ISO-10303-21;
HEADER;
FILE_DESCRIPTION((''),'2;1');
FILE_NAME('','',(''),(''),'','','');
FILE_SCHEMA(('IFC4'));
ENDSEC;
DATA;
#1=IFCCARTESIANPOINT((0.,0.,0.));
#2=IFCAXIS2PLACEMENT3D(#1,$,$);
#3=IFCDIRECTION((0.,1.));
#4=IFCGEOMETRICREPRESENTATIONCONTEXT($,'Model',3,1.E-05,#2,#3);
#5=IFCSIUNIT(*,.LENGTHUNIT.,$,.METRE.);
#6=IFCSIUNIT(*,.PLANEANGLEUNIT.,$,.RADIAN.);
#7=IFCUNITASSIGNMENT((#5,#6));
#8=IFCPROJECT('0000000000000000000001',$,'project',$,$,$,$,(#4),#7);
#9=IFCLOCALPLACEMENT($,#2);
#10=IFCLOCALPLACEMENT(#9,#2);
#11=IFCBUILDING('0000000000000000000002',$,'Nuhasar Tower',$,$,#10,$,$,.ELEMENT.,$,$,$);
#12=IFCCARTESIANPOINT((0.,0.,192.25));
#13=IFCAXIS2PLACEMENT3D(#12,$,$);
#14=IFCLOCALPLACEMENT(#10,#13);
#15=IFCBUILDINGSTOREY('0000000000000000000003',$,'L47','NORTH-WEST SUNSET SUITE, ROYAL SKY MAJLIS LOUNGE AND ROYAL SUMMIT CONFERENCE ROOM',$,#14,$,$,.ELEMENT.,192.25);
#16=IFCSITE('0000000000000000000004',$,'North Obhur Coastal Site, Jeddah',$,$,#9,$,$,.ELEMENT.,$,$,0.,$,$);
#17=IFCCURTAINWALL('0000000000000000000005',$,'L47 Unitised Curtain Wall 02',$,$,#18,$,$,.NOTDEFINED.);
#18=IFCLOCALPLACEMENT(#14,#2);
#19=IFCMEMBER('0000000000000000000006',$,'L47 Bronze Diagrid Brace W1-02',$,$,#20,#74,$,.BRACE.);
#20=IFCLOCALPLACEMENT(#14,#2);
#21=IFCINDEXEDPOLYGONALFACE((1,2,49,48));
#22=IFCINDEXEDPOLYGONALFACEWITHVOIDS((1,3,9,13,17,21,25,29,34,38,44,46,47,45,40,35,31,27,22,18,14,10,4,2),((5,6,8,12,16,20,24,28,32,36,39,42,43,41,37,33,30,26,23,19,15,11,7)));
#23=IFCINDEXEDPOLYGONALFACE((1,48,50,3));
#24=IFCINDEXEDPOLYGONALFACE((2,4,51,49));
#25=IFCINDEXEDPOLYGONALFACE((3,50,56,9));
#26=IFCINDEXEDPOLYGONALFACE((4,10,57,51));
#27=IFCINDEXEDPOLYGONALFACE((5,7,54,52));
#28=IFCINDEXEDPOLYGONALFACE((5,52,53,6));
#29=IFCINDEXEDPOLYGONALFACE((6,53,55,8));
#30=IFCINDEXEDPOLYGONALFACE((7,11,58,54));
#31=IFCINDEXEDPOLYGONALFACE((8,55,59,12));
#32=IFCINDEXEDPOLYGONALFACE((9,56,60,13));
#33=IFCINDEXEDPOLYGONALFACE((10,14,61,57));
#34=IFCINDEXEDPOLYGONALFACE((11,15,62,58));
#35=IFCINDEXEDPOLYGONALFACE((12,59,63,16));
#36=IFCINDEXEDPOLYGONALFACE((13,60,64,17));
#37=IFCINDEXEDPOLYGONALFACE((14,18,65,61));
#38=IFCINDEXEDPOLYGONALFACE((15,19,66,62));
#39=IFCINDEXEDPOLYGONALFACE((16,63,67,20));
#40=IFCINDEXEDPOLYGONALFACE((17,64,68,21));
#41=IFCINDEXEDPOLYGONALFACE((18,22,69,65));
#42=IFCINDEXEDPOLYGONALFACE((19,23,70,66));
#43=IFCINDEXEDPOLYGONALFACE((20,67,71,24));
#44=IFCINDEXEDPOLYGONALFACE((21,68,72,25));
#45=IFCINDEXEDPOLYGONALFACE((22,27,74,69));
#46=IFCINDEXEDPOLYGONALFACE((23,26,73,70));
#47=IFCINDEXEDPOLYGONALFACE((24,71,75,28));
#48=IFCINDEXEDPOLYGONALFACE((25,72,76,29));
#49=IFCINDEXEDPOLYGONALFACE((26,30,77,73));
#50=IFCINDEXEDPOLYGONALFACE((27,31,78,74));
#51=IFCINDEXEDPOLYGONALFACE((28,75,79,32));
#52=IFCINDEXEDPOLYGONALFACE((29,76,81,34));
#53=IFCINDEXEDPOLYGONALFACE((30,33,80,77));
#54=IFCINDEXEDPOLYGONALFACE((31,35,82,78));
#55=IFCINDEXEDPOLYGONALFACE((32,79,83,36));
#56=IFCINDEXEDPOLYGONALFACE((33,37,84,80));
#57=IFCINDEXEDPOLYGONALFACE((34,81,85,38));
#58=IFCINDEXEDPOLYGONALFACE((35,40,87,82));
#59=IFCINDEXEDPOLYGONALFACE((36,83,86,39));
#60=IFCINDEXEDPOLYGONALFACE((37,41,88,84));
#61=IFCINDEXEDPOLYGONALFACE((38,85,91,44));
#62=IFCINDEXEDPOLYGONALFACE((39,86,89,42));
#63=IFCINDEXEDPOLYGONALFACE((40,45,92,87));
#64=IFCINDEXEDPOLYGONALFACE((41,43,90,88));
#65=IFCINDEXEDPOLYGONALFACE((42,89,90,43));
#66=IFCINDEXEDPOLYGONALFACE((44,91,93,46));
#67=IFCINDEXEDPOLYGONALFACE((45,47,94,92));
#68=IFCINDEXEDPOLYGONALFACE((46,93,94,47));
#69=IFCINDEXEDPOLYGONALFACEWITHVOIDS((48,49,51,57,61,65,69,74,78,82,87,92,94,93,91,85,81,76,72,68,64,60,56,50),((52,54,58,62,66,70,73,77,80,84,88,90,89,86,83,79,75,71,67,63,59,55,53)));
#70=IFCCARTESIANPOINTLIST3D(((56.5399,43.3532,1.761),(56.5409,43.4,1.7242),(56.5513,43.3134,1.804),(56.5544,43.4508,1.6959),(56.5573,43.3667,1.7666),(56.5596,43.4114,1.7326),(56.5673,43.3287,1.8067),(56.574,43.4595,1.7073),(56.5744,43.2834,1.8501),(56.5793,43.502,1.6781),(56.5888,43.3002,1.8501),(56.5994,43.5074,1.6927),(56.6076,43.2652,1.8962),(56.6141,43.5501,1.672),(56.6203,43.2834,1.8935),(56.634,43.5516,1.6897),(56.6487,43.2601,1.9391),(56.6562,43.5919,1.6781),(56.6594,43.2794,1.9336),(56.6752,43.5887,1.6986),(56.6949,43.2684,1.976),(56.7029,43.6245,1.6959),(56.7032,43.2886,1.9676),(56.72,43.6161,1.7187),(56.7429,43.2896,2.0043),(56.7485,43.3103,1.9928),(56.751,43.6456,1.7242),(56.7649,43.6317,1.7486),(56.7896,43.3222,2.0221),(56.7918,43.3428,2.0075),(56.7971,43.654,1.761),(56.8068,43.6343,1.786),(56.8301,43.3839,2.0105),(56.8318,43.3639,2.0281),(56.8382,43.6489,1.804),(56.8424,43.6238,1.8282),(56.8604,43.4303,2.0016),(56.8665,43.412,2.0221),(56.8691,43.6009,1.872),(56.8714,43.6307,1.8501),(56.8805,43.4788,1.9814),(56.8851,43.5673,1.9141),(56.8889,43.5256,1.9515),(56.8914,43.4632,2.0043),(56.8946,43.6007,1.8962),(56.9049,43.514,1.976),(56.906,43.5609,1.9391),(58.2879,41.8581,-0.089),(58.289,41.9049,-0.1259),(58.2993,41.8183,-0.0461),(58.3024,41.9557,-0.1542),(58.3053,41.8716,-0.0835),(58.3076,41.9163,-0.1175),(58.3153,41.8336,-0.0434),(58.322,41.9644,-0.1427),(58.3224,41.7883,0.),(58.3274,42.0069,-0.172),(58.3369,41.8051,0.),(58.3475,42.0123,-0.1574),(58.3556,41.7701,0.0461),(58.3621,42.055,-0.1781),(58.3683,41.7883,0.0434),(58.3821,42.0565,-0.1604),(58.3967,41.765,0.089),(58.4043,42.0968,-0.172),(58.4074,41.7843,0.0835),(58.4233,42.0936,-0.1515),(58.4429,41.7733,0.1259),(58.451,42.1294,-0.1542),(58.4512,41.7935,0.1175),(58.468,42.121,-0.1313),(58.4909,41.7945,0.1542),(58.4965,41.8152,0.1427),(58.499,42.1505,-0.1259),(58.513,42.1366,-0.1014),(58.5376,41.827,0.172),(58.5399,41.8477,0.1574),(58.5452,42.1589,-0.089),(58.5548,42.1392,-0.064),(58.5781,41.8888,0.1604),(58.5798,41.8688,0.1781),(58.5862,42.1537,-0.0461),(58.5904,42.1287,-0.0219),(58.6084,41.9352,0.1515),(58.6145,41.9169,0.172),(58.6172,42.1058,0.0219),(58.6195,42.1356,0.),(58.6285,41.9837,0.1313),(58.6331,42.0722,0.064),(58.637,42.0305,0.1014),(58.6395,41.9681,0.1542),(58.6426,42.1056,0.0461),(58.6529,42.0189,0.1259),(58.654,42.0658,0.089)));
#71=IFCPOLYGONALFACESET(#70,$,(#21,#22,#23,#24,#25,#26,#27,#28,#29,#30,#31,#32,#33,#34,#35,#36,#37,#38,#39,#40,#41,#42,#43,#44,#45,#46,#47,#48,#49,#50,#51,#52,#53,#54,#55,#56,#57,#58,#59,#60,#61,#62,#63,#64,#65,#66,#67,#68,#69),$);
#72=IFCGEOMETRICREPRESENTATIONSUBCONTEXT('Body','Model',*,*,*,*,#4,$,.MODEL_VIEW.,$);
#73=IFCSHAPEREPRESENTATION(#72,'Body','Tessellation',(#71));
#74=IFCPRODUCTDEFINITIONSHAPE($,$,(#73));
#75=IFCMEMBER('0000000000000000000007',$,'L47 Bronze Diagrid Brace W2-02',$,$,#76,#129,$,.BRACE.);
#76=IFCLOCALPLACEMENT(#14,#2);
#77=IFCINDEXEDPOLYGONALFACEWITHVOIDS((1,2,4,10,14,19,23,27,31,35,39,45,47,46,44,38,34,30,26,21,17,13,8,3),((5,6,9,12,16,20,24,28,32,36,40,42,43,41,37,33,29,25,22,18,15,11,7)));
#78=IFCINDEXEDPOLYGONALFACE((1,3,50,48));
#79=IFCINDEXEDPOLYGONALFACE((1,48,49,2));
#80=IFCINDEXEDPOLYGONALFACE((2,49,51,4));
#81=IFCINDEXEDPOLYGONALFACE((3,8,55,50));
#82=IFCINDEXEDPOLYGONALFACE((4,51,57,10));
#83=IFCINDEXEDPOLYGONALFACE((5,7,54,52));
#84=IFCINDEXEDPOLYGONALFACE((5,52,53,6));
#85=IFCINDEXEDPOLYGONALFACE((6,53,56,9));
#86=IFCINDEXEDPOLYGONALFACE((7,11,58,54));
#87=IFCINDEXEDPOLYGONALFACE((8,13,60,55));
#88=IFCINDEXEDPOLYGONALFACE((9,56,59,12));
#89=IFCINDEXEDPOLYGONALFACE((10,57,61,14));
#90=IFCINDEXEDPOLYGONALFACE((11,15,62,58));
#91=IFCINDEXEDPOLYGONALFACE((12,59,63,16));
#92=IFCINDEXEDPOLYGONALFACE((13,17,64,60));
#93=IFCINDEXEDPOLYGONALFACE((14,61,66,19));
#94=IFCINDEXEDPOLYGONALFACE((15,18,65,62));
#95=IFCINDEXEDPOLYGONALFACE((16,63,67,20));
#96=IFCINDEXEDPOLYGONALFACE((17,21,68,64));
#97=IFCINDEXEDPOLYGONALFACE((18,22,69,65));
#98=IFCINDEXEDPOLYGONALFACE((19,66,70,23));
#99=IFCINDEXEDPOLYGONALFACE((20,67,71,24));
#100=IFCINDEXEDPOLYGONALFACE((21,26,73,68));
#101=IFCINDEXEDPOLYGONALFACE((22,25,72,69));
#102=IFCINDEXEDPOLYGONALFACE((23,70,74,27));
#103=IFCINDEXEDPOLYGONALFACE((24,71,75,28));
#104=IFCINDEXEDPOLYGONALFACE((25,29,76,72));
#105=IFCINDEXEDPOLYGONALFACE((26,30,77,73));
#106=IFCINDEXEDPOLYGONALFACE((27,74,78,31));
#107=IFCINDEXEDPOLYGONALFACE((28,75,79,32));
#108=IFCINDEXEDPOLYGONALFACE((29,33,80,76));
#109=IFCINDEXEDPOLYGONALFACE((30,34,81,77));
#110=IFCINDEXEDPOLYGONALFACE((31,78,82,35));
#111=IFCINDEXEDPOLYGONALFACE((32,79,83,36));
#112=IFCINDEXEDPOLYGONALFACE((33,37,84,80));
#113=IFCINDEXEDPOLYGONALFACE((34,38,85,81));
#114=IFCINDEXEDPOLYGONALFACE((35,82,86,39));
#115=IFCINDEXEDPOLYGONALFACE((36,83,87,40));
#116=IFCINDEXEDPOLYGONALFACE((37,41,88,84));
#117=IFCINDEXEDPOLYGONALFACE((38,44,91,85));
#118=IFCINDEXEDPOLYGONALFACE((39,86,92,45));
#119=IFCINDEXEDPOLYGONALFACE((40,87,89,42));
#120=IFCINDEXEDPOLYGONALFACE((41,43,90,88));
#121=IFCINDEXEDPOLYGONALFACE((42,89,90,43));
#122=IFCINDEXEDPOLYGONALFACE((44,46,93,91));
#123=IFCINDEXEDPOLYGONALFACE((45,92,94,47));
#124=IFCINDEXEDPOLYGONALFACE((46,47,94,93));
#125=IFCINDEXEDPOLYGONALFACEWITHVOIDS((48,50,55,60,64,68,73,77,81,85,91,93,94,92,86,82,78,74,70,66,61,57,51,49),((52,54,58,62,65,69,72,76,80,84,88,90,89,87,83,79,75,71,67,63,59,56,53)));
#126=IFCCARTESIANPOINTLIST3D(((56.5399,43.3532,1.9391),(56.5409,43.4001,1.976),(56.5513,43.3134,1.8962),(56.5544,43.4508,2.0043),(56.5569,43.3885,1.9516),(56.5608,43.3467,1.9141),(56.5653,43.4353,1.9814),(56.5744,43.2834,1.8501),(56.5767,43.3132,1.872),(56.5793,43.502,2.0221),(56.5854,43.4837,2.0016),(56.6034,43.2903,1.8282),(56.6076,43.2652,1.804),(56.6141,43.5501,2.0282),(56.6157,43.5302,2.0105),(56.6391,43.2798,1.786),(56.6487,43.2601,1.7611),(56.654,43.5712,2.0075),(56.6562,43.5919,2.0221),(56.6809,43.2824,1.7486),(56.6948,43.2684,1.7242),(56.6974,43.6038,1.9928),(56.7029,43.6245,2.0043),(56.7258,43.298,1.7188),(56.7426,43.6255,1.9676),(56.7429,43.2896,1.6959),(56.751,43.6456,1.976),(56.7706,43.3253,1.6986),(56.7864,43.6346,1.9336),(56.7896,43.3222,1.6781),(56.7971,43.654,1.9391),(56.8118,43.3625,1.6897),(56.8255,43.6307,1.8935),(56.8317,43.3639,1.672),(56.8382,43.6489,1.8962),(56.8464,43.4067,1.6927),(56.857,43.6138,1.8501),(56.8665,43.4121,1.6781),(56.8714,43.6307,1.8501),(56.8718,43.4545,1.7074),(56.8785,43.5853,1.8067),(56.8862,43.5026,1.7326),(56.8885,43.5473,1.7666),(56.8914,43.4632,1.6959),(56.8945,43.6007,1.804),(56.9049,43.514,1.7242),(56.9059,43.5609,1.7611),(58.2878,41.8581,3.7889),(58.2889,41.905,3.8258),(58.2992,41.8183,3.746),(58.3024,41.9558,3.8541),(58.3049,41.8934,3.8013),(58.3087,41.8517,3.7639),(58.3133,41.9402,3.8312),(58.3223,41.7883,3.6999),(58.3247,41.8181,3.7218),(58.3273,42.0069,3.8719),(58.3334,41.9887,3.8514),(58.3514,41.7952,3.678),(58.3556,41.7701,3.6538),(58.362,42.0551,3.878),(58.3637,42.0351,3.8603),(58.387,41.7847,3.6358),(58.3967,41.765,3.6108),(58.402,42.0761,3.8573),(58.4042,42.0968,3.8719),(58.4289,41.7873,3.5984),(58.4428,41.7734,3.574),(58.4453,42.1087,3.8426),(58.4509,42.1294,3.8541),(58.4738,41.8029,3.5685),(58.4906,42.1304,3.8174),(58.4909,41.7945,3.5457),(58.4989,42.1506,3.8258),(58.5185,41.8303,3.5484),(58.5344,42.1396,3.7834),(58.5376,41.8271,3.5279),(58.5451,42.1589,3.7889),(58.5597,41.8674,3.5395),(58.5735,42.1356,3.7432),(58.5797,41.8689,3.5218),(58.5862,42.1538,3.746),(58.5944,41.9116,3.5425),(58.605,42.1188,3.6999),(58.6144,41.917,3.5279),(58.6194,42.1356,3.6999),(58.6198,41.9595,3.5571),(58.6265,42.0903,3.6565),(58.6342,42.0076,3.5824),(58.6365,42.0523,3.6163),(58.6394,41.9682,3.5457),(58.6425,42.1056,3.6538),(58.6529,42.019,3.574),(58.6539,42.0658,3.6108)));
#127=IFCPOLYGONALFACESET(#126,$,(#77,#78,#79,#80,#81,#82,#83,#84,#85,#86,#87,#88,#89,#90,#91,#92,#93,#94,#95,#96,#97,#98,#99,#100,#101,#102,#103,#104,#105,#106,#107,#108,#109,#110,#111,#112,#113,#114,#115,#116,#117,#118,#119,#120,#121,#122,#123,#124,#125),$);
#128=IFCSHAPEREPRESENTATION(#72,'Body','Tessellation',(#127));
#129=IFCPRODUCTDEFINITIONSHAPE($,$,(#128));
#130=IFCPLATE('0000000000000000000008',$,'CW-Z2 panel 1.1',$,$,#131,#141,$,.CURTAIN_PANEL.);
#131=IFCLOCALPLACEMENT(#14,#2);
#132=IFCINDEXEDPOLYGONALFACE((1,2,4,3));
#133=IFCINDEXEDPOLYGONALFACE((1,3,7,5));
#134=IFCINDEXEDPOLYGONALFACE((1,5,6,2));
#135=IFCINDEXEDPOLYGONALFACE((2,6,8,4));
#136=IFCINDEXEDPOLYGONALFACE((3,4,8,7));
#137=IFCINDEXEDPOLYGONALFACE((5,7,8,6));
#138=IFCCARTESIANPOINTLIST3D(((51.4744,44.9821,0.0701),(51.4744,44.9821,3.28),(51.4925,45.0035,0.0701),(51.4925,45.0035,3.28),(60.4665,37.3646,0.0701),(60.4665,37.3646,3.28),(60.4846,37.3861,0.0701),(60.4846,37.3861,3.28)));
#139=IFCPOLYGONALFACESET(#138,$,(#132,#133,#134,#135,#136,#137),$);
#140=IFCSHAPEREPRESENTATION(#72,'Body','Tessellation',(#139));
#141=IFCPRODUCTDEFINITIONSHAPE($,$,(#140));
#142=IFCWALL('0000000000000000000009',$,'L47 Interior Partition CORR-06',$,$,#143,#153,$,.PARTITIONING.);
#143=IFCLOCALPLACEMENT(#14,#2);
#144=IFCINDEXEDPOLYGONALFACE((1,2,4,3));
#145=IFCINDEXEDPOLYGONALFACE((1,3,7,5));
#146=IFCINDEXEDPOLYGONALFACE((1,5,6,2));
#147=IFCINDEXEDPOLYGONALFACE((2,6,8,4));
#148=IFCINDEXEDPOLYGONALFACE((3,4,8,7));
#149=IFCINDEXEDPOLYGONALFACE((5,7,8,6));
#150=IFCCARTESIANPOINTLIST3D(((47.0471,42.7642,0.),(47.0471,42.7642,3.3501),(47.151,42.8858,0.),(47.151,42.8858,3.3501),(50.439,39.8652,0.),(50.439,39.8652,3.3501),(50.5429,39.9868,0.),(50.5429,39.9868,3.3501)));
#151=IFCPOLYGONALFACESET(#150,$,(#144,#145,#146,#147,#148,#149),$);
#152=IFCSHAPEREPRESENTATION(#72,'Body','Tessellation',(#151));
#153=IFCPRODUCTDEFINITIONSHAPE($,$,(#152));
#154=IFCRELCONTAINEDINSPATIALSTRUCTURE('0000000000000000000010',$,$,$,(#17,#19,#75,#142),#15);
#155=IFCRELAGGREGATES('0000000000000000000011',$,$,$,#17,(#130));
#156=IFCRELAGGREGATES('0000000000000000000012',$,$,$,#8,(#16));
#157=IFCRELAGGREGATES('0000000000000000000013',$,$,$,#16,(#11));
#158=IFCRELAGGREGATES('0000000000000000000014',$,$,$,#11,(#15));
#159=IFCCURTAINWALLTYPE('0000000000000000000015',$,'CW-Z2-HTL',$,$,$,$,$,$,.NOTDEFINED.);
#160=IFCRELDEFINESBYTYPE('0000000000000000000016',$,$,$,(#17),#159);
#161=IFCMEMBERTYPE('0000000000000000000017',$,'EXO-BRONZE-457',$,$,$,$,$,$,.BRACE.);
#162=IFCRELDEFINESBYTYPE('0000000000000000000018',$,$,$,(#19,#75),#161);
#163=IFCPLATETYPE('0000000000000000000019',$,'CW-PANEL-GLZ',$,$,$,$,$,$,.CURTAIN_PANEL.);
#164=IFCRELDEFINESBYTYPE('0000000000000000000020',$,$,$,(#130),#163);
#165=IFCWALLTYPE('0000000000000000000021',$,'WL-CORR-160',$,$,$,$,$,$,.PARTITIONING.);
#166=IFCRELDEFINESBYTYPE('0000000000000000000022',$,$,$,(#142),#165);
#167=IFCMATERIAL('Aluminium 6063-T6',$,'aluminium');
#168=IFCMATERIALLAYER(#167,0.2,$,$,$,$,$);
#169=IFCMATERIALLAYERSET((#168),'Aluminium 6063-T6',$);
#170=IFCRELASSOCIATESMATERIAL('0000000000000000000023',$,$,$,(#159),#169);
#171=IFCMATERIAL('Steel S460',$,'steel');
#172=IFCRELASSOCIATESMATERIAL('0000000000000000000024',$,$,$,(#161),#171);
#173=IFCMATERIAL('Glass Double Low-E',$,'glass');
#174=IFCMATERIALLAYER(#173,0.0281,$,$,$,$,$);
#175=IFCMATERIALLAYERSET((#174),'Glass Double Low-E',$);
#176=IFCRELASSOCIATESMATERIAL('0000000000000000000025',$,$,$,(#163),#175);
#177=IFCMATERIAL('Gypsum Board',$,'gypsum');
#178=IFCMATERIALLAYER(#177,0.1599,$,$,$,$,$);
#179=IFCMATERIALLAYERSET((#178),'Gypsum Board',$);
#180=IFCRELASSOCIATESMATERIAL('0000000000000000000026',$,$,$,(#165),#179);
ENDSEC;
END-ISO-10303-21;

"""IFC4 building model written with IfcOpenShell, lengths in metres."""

from ifc_helpers import new_model, si_unit, direction, frame, frame_2d, origin, origin_2d, place, context, subcontext, project, spatial, rectangle, hollow_circle, extrude, material, layer, layer_set, material_profile, profile_set, type_object, element, aggregate, save


model = new_model("IFC4")

# Units and contexts
model_context = context("Model", 3, precision=1e-05, world=origin(), true_north=direction((0.0, 1.0)))
body_context = subcontext(model_context, "Body", "Model", "MODEL_VIEW")
ifc_project = project(units=[si_unit("LENGTHUNIT", "METRE"), si_unit("PLANEANGLEUNIT", "RADIAN")], contexts=[model_context])

# Site, building, storey
site_placement = place(None, origin())
site = spatial("IfcSite", under=ifc_project, at=site_placement, Name="North Obhur Coastal Site, Jeddah", CompositionType="ELEMENT", RefElevation=0.0)
building_placement = place(site_placement, origin())
building = spatial("IfcBuilding", under=site, at=building_placement, Name="Nuhasar Tower", CompositionType="ELEMENT")
storey_placement = place(building_placement, frame((0.0, 0.0, 192.25)))
storey = spatial("IfcBuildingStorey", under=building, at=storey_placement, Name="L47", Description="NORTH-WEST SUNSET SUITE, ROYAL SKY MAJLIS LOUNGE AND ROYAL SUMMIT CONFERENCE ROOM", CompositionType="ELEMENT", Elevation=192.25)

# Shared definitions
ifc_material_1 = material(Name="Aluminium 6063-T6", Category="aluminium")
ifc_layer_1 = layer(ifc_material_1, 0.2)
ifc_layer_set_1 = layer_set([ifc_layer_1], Name="Aluminium 6063-T6")
curtain_wall_type = type_object("IfcCurtainWallType", Name="CW-Z2-HTL", PredefinedType="NOTDEFINED", material=ifc_layer_set_1)

# Curtain wall
curtain_wall_1_placement = place(storey_placement, origin())
curtain_wall_1 = element("IfcCurtainWall", 1, at=curtain_wall_1_placement, inside=storey, type_object=curtain_wall_type, Name="L47 Unitised Curtain Wall 02", PredefinedType="NOTDEFINED")

# Members
ifc_material_2 = material(Name="Steel S460", Category="steel")
ifc_material_profile_1 = material_profile(ifc_material_2, hollow_circle(Radius=0.2285, WallThickness=0.0222, at=origin_2d()), Name="HSS457X22.2")
ifc_profile_set_1 = profile_set([ifc_material_profile_1], Name="Steel S460")
member_type_1 = type_object("IfcMemberType", Name="EXO-BRONZE-457", PredefinedType="BRACE", material=ifc_profile_set_1)
member_1_placement = place(storey_placement, frame((58.4709, 41.9619, 0.0), z_axis=(-0.59217, 0.506488, 0.626741), x_axis=(-0.649987, -0.759945, 0.0)))
element("IfcMember", 2, at=member_1_placement, inside=storey, type_object=member_type_1, Name="L47 Bronze Diagrid Brace W1-02", PredefinedType="BRACE", context=body_context, shape_type="SweptSolid", body=[
    extrude(hollow_circle(Radius=0.2285, WallThickness=0.0222, at=origin_2d()), origin(), (0.0, 0.0, 1.0), 2.9519),
])
member_2_placement = place(storey_placement, frame((56.7229, 43.457, 1.8501), z_axis=(0.592201, -0.506514, 0.626691), x_axis=(0.649987, 0.759945, 0.0)))
element("IfcMember", 3, at=member_2_placement, inside=storey, type_object=member_type_1, Name="L47 Bronze Diagrid Brace W2-02", PredefinedType="BRACE", context=body_context, shape_type="SweptSolid", body=[
    extrude(hollow_circle(Radius=0.2285, WallThickness=0.0222, at=origin_2d()), origin(), (0.0, 0.0, 1.0), 2.9517),
])

# Plate
ifc_material_3 = material(Name="Glass Double Low-E", Category="glass")
ifc_layer_2 = layer(ifc_material_3, 0.0281)
ifc_layer_set_2 = layer_set([ifc_layer_2], Name="Glass Double Low-E")
plate_type = type_object("IfcPlateType", Name="CW-PANEL-GLZ", PredefinedType="CURTAIN_PANEL", material=ifc_layer_set_2)
plate_placement = place(storey_placement, frame((55.9795, 41.1841, 0.0701), z_axis=(0.0, 0.0, 1.0), x_axis=(-0.76302, 0.646374, 0.0)))
plate = element("IfcPlate", 4, at=plate_placement, type_object=plate_type, Name="CW-Z2 panel 1.1", PredefinedType="CURTAIN_PANEL", context=body_context, shape_type="SweptSolid", body=[
    extrude(rectangle(XDim=11.7849, YDim=0.0281, at=origin_2d()), origin(), (0.0, 0.0, 1.0), 3.21),
])
aggregate(curtain_wall_1, [plate])

# Shared definitions
ifc_material_4 = material(Name="Gypsum Board", Category="gypsum")
ifc_layer_3 = layer(ifc_material_4, 0.1599)
ifc_layer_set_3 = layer_set([ifc_layer_3], Name="Gypsum Board")
wall_type = type_object("IfcWallType", Name="WL-CORR-160", PredefinedType="PARTITIONING", material=ifc_layer_set_3)

# Wall
wall_1_placement = place(storey_placement, frame((50.491, 39.926, 0.0), z_axis=(0.0, 0.0, 1.0), x_axis=(-0.760183, 0.649709, 0.0)))
element("IfcWall", 5, at=wall_1_placement, inside=storey, type_object=wall_type, Name="L47 Interior Partition CORR-06", PredefinedType="PARTITIONING", context=body_context, shape_type="SweptSolid", body=[
    extrude(rectangle(XDim=4.4619, YDim=0.1599, at=frame_2d((2.231, 0.0))), origin(), (0.0, 0.0, 1.0), 3.3501),
])

save(model, "model.ifc")
